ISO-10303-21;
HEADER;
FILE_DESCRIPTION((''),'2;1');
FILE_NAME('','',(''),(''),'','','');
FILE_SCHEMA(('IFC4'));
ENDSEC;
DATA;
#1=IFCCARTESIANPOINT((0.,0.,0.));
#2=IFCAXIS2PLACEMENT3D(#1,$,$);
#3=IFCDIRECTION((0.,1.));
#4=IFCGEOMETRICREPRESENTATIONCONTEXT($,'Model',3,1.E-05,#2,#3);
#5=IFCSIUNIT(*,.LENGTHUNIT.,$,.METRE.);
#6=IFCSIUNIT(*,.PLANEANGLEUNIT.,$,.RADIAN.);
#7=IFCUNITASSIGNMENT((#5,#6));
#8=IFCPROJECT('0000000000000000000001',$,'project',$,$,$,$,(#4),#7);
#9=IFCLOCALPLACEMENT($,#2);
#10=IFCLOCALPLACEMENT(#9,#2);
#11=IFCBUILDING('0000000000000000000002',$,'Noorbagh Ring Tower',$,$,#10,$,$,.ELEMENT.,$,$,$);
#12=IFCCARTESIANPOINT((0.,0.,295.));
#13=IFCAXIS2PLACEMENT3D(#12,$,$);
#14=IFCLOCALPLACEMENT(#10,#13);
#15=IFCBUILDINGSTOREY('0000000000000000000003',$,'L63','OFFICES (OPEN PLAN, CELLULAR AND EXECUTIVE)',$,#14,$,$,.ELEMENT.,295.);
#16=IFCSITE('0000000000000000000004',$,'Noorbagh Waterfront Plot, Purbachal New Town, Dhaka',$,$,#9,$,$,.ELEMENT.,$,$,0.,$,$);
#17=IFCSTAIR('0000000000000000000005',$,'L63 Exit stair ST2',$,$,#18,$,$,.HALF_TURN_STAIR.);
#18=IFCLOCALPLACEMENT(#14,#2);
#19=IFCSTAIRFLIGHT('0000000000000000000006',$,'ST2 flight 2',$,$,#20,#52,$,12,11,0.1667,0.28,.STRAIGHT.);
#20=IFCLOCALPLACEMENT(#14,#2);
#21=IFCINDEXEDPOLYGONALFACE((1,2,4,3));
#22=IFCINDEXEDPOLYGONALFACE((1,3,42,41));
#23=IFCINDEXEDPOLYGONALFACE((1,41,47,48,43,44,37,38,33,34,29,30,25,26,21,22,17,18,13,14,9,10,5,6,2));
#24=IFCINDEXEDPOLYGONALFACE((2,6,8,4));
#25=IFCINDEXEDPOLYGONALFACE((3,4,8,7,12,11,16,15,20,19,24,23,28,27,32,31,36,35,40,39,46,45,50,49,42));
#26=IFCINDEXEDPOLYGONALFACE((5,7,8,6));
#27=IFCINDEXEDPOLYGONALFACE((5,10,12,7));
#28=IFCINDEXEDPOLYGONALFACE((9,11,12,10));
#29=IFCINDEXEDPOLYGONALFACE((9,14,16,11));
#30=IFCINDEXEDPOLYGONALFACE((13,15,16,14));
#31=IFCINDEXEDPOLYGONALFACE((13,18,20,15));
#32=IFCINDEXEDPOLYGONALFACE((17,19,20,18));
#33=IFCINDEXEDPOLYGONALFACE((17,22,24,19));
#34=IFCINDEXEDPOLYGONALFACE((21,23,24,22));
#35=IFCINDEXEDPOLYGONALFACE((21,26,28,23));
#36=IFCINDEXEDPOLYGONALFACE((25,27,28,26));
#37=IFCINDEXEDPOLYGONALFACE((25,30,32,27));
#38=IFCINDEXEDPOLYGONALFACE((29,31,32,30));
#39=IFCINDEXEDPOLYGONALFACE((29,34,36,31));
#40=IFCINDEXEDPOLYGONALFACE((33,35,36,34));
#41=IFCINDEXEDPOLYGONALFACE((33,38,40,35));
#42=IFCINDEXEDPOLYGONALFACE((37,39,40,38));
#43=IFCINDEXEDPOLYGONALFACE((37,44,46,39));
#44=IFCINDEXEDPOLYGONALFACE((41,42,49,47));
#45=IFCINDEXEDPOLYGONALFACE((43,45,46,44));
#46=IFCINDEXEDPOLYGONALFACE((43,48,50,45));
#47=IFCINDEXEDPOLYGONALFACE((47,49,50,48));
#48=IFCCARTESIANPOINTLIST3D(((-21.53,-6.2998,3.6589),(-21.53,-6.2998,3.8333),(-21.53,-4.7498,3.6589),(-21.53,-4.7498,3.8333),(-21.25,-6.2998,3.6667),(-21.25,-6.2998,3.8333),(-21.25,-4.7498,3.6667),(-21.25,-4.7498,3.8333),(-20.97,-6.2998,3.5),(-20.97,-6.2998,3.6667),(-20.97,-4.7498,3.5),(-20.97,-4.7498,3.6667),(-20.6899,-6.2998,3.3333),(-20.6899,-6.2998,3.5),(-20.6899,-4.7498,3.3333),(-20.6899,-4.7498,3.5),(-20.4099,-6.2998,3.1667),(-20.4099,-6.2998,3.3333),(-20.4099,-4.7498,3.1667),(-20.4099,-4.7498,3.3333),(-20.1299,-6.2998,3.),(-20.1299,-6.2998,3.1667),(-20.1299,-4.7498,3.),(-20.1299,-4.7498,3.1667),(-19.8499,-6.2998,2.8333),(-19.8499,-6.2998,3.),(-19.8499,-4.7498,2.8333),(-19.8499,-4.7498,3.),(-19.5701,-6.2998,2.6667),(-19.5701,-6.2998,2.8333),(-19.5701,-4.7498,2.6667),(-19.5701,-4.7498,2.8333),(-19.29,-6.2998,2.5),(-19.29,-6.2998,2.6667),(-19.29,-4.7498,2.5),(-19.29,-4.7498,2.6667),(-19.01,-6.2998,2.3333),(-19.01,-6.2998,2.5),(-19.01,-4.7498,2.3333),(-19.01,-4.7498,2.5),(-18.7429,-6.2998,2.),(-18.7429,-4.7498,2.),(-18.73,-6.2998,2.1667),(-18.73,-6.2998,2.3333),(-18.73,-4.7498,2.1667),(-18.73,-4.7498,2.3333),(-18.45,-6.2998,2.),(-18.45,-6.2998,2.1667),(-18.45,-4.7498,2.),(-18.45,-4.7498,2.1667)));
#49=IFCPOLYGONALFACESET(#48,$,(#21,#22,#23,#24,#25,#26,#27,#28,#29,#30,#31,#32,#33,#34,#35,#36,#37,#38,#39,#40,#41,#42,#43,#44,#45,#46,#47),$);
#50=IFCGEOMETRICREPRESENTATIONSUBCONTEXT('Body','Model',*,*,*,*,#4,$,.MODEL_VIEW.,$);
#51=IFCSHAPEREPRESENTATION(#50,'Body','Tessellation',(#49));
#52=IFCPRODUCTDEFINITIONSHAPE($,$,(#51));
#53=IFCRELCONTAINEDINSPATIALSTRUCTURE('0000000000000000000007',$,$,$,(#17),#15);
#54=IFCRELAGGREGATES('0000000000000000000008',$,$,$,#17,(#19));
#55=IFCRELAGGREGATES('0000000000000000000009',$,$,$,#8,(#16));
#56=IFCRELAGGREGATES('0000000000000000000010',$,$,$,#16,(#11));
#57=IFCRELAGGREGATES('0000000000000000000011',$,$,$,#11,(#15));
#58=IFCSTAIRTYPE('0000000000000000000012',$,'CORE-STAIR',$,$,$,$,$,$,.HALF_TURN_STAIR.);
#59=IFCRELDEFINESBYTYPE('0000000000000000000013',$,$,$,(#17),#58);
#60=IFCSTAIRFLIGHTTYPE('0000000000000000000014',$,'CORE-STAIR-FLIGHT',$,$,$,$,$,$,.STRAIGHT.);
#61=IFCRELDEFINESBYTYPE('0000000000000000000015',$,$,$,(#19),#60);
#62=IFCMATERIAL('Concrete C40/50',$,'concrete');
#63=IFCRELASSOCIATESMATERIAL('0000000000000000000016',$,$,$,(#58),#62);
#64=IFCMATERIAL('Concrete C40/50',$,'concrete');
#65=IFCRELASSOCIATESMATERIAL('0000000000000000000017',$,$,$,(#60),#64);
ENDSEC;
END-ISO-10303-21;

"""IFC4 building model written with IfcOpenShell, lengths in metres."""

from ifc_helpers import new_model, si_unit, direction, frame, origin, place, context, subcontext, project, spatial, polyline, outline, extrude, material, type_object, element, aggregate, save


model = new_model("IFC4")

# Units and contexts
model_context = context("Model", 3, precision=1e-05, world=origin(), true_north=direction((0.0, 1.0)))
body_context = subcontext(model_context, "Body", "Model", "MODEL_VIEW")
ifc_project = project(units=[si_unit("LENGTHUNIT", "METRE"), si_unit("PLANEANGLEUNIT", "RADIAN")], contexts=[model_context])

# Site, building, storey
site_placement = place(None, origin())
site = spatial("IfcSite", under=ifc_project, at=site_placement, Name="Noorbagh Waterfront Plot, Purbachal New Town, Dhaka", CompositionType="ELEMENT", RefElevation=0.0)
building_placement = place(site_placement, origin())
building = spatial("IfcBuilding", under=site, at=building_placement, Name="Noorbagh Ring Tower", CompositionType="ELEMENT")
storey_placement = place(building_placement, frame((0.0, 0.0, 295.0)))
storey = spatial("IfcBuildingStorey", under=building, at=storey_placement, Name="L63", Description="OFFICES (OPEN PLAN, CELLULAR AND EXECUTIVE)", CompositionType="ELEMENT", Elevation=295.0)

# Shared definitions
ifc_material_1 = material(Name="Concrete C40/50", Category="concrete")
stair_type = type_object("IfcStairType", Name="CORE-STAIR", PredefinedType="HALF_TURN_STAIR", material=ifc_material_1)

# Stair, stair flight
stair_1_placement = place(storey_placement, origin())
stair_1 = element("IfcStair", 1, at=stair_1_placement, inside=storey, type_object=stair_type, Name="L63 Exit stair ST2", PredefinedType="HALF_TURN_STAIR")
ifc_material_2 = material(Name="Concrete C40/50", Category="concrete")
stair_flight_type = type_object("IfcStairFlightType", Name="CORE-STAIR-FLIGHT", PredefinedType="STRAIGHT", material=ifc_material_2)
stair_flight_placement = place(storey_placement, frame((-18.45, -5.5249, 2.0), z_axis=(0.0, 0.0, 1.0), x_axis=(-1.0, 0.0, 0.0)))
stair_flight = element("IfcStairFlight", 2, at=stair_flight_placement, type_object=stair_flight_type, Name="ST2 flight 2", NumberOfRisers=12, NumberOfTreads=11, PredefinedType="STRAIGHT", RiserHeight=0.1667, TreadLength=0.28, context=body_context, shape_type="SweptSolid", body=[
    extrude(outline(polyline([(0.0, 0.0), (0.0, 0.1667), (0.28, 0.1667), (0.28, 0.3333), (0.5601, 0.3333), (0.5601, 0.5), (0.8401, 0.5), (0.8401, 0.6667), (1.1201, 0.6667), (1.1201, 0.8333), (1.3999, 0.8333), (1.3999, 1.0), (1.6799, 1.0), (1.6799, 1.1667), (1.96, 1.1667), (1.96, 1.3333), (2.24, 1.3333), (2.24, 1.5), (2.52, 1.5), (2.52, 1.6667), (2.8, 1.6667), (2.8, 1.8333), (3.0801, 1.8333), (3.0801, 2.0), (3.0801, 1.6589), (0.293, 0.0), (0.0, 0.0)])), frame((0.0, 0.7749, 0.0), z_axis=(0.0, -1.0, 0.0), x_axis=(1.0, 0.0, 0.0)), (0.0, 0.0, 1.0), 1.55),
])
aggregate(stair_1, [stair_flight])

save(model, "model.ifc")
